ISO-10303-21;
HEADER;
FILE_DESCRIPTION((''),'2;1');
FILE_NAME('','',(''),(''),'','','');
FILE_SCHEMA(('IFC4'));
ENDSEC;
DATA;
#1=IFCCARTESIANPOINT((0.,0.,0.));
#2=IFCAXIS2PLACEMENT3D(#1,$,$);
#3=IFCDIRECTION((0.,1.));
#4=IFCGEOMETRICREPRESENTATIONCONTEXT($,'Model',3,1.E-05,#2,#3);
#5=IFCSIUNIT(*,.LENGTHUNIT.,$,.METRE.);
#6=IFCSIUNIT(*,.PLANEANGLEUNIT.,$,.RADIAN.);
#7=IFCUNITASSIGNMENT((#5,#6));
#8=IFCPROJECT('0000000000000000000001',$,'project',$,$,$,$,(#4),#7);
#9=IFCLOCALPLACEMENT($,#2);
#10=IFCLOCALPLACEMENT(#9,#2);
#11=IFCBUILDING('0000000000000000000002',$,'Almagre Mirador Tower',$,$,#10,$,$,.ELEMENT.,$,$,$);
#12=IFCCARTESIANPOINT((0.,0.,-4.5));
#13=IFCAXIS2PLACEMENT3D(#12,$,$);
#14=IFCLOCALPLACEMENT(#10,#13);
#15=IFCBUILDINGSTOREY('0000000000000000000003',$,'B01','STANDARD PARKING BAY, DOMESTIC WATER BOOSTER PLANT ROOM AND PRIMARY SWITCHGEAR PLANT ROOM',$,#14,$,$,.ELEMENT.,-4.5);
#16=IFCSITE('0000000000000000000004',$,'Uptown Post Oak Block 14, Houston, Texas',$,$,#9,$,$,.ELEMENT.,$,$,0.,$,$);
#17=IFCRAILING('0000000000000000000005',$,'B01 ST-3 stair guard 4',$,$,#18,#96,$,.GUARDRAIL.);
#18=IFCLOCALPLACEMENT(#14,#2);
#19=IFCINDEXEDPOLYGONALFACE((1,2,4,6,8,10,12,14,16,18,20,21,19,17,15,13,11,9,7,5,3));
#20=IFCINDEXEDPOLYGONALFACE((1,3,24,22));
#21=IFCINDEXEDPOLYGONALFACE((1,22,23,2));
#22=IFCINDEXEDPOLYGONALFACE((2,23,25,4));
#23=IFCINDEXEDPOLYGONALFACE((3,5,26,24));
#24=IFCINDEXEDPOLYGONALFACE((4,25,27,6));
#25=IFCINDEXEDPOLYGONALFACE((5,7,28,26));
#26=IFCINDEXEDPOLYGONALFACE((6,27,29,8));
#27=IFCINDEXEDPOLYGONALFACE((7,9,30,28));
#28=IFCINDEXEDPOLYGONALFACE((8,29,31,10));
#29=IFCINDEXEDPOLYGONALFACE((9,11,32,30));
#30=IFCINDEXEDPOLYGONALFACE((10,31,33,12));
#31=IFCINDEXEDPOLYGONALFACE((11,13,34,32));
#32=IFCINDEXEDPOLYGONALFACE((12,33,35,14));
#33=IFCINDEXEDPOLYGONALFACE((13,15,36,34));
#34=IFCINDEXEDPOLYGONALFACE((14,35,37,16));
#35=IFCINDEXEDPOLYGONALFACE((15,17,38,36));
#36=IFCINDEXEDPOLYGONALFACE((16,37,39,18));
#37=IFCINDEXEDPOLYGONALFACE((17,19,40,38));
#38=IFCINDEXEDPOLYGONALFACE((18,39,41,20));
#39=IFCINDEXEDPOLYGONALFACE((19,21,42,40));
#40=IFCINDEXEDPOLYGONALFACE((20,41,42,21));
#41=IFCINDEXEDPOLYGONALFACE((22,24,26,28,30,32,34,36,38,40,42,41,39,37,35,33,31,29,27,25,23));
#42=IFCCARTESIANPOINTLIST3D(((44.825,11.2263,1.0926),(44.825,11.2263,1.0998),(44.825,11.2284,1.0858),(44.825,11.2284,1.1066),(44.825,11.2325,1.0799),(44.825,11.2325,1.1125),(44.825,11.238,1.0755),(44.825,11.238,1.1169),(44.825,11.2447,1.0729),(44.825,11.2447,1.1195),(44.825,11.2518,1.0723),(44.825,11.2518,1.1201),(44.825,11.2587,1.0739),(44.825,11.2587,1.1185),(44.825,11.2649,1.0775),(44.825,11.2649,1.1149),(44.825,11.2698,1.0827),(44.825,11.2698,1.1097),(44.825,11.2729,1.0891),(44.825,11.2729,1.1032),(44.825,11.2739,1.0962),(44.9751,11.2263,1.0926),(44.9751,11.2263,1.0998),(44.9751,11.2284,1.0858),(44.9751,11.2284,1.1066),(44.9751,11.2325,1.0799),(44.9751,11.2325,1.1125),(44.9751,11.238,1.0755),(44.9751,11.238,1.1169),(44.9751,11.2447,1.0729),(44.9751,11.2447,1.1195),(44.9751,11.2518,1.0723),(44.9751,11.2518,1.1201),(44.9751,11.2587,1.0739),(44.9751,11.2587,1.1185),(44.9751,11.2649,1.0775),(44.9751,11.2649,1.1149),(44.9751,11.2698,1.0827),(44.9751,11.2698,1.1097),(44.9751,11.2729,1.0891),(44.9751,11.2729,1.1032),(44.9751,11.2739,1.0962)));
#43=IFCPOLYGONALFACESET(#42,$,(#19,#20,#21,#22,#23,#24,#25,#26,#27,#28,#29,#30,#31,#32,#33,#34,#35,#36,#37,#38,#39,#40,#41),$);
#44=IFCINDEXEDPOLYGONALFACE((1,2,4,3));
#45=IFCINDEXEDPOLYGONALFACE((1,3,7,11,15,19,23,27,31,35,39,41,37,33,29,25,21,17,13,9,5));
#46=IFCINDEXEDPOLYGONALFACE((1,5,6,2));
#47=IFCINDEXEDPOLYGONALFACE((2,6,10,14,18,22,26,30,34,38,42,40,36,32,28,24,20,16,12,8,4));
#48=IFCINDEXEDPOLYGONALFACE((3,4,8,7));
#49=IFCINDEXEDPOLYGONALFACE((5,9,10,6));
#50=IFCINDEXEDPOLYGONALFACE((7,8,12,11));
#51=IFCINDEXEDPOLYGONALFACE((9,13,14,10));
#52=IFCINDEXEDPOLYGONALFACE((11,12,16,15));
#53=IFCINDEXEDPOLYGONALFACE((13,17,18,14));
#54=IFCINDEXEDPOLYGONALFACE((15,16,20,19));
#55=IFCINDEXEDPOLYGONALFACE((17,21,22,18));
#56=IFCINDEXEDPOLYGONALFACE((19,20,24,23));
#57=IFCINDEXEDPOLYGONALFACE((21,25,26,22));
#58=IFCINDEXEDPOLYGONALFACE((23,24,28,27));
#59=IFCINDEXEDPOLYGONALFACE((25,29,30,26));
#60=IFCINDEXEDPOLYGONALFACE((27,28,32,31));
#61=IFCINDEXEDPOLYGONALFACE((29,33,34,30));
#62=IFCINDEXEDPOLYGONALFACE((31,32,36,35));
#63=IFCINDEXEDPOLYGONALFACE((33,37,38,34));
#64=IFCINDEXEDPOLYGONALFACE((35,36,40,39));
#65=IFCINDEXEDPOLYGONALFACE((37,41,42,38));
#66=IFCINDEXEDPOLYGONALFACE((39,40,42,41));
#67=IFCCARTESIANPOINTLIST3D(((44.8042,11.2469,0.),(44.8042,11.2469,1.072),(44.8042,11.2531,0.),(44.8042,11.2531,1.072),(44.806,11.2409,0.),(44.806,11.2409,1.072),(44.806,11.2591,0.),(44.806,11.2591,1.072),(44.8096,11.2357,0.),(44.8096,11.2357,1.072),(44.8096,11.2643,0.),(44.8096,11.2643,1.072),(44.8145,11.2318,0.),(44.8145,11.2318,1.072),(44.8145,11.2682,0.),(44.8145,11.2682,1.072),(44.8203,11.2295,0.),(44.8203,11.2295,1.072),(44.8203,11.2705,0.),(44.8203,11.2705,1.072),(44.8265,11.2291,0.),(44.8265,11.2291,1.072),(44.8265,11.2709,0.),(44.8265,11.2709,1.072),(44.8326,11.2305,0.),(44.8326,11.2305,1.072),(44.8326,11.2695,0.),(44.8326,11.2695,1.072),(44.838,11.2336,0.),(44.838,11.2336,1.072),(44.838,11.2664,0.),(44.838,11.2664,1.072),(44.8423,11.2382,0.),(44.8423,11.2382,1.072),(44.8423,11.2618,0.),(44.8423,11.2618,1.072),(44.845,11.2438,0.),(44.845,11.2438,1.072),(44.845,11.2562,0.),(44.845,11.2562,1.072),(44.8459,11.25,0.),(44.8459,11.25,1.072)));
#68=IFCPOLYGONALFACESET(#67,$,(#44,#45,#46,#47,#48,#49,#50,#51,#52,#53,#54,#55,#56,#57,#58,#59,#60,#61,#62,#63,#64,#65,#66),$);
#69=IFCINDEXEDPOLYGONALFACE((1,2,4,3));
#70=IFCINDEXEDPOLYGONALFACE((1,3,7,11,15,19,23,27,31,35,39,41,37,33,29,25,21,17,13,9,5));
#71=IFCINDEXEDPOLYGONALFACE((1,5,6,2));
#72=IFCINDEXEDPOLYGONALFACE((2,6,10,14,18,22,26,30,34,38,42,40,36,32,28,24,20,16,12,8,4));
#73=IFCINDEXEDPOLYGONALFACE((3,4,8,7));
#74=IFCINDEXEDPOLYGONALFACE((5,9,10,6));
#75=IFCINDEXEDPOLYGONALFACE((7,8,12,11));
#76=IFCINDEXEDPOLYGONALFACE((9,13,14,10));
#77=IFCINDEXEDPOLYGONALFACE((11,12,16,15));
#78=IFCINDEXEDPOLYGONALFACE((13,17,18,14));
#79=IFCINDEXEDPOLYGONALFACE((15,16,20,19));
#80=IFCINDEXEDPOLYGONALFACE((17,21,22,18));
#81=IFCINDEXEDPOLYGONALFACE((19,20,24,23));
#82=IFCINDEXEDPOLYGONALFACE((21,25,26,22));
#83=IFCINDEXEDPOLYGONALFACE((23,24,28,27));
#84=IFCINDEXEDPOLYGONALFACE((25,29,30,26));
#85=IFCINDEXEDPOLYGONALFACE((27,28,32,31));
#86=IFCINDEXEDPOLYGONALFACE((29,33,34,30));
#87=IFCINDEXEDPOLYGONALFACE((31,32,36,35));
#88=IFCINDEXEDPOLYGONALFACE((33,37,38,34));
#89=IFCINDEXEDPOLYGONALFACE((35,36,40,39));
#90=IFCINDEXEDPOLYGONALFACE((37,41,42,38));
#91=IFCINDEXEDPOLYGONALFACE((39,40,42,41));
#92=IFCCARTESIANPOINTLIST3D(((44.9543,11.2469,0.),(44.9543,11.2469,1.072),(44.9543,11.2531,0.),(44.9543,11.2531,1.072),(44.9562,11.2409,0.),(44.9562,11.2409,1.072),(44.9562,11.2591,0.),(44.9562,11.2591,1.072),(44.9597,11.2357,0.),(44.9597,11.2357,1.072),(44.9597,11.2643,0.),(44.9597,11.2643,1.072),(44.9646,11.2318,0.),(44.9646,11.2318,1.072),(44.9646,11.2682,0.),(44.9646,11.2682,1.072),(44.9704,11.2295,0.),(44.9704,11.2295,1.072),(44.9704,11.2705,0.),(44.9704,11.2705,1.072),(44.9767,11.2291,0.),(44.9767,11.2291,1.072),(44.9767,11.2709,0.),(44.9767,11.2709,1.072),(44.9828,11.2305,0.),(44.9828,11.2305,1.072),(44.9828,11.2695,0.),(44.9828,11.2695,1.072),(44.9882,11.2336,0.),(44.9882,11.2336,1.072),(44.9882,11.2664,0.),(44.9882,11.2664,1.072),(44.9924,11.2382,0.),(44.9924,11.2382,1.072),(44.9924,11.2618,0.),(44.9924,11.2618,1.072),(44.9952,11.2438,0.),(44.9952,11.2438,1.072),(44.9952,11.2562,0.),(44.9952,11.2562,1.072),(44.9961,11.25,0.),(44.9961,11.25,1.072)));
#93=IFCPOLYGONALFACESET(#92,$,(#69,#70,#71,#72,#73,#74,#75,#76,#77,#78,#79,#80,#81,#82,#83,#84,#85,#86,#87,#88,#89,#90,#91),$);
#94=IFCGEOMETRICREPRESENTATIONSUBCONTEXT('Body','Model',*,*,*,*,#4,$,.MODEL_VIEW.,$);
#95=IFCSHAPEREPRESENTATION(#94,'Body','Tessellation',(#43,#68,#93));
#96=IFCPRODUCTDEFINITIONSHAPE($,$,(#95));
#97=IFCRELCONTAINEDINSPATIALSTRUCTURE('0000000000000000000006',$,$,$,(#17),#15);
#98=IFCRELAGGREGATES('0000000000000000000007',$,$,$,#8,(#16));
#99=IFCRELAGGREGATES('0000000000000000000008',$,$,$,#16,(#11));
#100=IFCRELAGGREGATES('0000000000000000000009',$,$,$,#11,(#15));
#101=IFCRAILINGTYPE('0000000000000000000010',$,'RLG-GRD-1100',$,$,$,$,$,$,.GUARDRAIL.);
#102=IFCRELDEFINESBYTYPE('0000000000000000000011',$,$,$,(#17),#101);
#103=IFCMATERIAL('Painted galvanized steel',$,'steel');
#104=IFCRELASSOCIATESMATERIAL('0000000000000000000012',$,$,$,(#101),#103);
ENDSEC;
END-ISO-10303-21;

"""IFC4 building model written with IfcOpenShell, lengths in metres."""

from ifc_helpers import new_model, si_unit, direction, frame, origin, origin_2d, place, context, subcontext, project, spatial, circle, extrude, material, type_object, element, save


model = new_model("IFC4")

# Units and contexts
model_context = context("Model", 3, precision=1e-05, world=origin(), true_north=direction((0.0, 1.0)))
body_context = subcontext(model_context, "Body", "Model", "MODEL_VIEW")
ifc_project = project(units=[si_unit("LENGTHUNIT", "METRE"), si_unit("PLANEANGLEUNIT", "RADIAN")], contexts=[model_context])

# Site, building, storey
site_placement = place(None, origin())
site = spatial("IfcSite", under=ifc_project, at=site_placement, Name="Uptown Post Oak Block 14, Houston, Texas", CompositionType="ELEMENT", RefElevation=0.0)
building_placement = place(site_placement, origin())
building = spatial("IfcBuilding", under=site, at=building_placement, Name="Almagre Mirador Tower", CompositionType="ELEMENT")
storey_placement = place(building_placement, frame((0.0, 0.0, -4.5)))
storey = spatial("IfcBuildingStorey", under=building, at=storey_placement, Name="B01", Description="STANDARD PARKING BAY, DOMESTIC WATER BOOSTER PLANT ROOM AND PRIMARY SWITCHGEAR PLANT ROOM", CompositionType="ELEMENT", Elevation=-4.5)

# Railing
ifc_material_1 = material(Name="Painted galvanized steel", Category="steel")
railing_type_1 = type_object("IfcRailingType", Name="RLG-GRD-1100", PredefinedType="GUARDRAIL", material=ifc_material_1)
railing_1_placement = place(storey_placement, frame((44.825, 11.25, 0.0)))
element("IfcRailing", 1, at=railing_1_placement, inside=storey, type_object=railing_type_1, Name="B01 ST-3 stair guard 4", PredefinedType="GUARDRAIL", context=body_context, shape_type="SweptSolid", body=[
    extrude(circle(Radius=0.0239, at=origin_2d()), frame((0.0, 0.0, 1.0962), z_axis=(1.0, 0.0, 0.0), x_axis=(0.0, 1.0, 0.0)), (0.0, 0.0, 1.0), 0.1501),
    extrude(circle(Radius=0.021, at=origin_2d()), origin(), (0.0, 0.0, 1.0), 1.072),
    extrude(circle(Radius=0.021, at=origin_2d()), frame((0.1501, 0.0, 0.0)), (0.0, 0.0, 1.0), 1.072),
])

save(model, "model.ifc")
